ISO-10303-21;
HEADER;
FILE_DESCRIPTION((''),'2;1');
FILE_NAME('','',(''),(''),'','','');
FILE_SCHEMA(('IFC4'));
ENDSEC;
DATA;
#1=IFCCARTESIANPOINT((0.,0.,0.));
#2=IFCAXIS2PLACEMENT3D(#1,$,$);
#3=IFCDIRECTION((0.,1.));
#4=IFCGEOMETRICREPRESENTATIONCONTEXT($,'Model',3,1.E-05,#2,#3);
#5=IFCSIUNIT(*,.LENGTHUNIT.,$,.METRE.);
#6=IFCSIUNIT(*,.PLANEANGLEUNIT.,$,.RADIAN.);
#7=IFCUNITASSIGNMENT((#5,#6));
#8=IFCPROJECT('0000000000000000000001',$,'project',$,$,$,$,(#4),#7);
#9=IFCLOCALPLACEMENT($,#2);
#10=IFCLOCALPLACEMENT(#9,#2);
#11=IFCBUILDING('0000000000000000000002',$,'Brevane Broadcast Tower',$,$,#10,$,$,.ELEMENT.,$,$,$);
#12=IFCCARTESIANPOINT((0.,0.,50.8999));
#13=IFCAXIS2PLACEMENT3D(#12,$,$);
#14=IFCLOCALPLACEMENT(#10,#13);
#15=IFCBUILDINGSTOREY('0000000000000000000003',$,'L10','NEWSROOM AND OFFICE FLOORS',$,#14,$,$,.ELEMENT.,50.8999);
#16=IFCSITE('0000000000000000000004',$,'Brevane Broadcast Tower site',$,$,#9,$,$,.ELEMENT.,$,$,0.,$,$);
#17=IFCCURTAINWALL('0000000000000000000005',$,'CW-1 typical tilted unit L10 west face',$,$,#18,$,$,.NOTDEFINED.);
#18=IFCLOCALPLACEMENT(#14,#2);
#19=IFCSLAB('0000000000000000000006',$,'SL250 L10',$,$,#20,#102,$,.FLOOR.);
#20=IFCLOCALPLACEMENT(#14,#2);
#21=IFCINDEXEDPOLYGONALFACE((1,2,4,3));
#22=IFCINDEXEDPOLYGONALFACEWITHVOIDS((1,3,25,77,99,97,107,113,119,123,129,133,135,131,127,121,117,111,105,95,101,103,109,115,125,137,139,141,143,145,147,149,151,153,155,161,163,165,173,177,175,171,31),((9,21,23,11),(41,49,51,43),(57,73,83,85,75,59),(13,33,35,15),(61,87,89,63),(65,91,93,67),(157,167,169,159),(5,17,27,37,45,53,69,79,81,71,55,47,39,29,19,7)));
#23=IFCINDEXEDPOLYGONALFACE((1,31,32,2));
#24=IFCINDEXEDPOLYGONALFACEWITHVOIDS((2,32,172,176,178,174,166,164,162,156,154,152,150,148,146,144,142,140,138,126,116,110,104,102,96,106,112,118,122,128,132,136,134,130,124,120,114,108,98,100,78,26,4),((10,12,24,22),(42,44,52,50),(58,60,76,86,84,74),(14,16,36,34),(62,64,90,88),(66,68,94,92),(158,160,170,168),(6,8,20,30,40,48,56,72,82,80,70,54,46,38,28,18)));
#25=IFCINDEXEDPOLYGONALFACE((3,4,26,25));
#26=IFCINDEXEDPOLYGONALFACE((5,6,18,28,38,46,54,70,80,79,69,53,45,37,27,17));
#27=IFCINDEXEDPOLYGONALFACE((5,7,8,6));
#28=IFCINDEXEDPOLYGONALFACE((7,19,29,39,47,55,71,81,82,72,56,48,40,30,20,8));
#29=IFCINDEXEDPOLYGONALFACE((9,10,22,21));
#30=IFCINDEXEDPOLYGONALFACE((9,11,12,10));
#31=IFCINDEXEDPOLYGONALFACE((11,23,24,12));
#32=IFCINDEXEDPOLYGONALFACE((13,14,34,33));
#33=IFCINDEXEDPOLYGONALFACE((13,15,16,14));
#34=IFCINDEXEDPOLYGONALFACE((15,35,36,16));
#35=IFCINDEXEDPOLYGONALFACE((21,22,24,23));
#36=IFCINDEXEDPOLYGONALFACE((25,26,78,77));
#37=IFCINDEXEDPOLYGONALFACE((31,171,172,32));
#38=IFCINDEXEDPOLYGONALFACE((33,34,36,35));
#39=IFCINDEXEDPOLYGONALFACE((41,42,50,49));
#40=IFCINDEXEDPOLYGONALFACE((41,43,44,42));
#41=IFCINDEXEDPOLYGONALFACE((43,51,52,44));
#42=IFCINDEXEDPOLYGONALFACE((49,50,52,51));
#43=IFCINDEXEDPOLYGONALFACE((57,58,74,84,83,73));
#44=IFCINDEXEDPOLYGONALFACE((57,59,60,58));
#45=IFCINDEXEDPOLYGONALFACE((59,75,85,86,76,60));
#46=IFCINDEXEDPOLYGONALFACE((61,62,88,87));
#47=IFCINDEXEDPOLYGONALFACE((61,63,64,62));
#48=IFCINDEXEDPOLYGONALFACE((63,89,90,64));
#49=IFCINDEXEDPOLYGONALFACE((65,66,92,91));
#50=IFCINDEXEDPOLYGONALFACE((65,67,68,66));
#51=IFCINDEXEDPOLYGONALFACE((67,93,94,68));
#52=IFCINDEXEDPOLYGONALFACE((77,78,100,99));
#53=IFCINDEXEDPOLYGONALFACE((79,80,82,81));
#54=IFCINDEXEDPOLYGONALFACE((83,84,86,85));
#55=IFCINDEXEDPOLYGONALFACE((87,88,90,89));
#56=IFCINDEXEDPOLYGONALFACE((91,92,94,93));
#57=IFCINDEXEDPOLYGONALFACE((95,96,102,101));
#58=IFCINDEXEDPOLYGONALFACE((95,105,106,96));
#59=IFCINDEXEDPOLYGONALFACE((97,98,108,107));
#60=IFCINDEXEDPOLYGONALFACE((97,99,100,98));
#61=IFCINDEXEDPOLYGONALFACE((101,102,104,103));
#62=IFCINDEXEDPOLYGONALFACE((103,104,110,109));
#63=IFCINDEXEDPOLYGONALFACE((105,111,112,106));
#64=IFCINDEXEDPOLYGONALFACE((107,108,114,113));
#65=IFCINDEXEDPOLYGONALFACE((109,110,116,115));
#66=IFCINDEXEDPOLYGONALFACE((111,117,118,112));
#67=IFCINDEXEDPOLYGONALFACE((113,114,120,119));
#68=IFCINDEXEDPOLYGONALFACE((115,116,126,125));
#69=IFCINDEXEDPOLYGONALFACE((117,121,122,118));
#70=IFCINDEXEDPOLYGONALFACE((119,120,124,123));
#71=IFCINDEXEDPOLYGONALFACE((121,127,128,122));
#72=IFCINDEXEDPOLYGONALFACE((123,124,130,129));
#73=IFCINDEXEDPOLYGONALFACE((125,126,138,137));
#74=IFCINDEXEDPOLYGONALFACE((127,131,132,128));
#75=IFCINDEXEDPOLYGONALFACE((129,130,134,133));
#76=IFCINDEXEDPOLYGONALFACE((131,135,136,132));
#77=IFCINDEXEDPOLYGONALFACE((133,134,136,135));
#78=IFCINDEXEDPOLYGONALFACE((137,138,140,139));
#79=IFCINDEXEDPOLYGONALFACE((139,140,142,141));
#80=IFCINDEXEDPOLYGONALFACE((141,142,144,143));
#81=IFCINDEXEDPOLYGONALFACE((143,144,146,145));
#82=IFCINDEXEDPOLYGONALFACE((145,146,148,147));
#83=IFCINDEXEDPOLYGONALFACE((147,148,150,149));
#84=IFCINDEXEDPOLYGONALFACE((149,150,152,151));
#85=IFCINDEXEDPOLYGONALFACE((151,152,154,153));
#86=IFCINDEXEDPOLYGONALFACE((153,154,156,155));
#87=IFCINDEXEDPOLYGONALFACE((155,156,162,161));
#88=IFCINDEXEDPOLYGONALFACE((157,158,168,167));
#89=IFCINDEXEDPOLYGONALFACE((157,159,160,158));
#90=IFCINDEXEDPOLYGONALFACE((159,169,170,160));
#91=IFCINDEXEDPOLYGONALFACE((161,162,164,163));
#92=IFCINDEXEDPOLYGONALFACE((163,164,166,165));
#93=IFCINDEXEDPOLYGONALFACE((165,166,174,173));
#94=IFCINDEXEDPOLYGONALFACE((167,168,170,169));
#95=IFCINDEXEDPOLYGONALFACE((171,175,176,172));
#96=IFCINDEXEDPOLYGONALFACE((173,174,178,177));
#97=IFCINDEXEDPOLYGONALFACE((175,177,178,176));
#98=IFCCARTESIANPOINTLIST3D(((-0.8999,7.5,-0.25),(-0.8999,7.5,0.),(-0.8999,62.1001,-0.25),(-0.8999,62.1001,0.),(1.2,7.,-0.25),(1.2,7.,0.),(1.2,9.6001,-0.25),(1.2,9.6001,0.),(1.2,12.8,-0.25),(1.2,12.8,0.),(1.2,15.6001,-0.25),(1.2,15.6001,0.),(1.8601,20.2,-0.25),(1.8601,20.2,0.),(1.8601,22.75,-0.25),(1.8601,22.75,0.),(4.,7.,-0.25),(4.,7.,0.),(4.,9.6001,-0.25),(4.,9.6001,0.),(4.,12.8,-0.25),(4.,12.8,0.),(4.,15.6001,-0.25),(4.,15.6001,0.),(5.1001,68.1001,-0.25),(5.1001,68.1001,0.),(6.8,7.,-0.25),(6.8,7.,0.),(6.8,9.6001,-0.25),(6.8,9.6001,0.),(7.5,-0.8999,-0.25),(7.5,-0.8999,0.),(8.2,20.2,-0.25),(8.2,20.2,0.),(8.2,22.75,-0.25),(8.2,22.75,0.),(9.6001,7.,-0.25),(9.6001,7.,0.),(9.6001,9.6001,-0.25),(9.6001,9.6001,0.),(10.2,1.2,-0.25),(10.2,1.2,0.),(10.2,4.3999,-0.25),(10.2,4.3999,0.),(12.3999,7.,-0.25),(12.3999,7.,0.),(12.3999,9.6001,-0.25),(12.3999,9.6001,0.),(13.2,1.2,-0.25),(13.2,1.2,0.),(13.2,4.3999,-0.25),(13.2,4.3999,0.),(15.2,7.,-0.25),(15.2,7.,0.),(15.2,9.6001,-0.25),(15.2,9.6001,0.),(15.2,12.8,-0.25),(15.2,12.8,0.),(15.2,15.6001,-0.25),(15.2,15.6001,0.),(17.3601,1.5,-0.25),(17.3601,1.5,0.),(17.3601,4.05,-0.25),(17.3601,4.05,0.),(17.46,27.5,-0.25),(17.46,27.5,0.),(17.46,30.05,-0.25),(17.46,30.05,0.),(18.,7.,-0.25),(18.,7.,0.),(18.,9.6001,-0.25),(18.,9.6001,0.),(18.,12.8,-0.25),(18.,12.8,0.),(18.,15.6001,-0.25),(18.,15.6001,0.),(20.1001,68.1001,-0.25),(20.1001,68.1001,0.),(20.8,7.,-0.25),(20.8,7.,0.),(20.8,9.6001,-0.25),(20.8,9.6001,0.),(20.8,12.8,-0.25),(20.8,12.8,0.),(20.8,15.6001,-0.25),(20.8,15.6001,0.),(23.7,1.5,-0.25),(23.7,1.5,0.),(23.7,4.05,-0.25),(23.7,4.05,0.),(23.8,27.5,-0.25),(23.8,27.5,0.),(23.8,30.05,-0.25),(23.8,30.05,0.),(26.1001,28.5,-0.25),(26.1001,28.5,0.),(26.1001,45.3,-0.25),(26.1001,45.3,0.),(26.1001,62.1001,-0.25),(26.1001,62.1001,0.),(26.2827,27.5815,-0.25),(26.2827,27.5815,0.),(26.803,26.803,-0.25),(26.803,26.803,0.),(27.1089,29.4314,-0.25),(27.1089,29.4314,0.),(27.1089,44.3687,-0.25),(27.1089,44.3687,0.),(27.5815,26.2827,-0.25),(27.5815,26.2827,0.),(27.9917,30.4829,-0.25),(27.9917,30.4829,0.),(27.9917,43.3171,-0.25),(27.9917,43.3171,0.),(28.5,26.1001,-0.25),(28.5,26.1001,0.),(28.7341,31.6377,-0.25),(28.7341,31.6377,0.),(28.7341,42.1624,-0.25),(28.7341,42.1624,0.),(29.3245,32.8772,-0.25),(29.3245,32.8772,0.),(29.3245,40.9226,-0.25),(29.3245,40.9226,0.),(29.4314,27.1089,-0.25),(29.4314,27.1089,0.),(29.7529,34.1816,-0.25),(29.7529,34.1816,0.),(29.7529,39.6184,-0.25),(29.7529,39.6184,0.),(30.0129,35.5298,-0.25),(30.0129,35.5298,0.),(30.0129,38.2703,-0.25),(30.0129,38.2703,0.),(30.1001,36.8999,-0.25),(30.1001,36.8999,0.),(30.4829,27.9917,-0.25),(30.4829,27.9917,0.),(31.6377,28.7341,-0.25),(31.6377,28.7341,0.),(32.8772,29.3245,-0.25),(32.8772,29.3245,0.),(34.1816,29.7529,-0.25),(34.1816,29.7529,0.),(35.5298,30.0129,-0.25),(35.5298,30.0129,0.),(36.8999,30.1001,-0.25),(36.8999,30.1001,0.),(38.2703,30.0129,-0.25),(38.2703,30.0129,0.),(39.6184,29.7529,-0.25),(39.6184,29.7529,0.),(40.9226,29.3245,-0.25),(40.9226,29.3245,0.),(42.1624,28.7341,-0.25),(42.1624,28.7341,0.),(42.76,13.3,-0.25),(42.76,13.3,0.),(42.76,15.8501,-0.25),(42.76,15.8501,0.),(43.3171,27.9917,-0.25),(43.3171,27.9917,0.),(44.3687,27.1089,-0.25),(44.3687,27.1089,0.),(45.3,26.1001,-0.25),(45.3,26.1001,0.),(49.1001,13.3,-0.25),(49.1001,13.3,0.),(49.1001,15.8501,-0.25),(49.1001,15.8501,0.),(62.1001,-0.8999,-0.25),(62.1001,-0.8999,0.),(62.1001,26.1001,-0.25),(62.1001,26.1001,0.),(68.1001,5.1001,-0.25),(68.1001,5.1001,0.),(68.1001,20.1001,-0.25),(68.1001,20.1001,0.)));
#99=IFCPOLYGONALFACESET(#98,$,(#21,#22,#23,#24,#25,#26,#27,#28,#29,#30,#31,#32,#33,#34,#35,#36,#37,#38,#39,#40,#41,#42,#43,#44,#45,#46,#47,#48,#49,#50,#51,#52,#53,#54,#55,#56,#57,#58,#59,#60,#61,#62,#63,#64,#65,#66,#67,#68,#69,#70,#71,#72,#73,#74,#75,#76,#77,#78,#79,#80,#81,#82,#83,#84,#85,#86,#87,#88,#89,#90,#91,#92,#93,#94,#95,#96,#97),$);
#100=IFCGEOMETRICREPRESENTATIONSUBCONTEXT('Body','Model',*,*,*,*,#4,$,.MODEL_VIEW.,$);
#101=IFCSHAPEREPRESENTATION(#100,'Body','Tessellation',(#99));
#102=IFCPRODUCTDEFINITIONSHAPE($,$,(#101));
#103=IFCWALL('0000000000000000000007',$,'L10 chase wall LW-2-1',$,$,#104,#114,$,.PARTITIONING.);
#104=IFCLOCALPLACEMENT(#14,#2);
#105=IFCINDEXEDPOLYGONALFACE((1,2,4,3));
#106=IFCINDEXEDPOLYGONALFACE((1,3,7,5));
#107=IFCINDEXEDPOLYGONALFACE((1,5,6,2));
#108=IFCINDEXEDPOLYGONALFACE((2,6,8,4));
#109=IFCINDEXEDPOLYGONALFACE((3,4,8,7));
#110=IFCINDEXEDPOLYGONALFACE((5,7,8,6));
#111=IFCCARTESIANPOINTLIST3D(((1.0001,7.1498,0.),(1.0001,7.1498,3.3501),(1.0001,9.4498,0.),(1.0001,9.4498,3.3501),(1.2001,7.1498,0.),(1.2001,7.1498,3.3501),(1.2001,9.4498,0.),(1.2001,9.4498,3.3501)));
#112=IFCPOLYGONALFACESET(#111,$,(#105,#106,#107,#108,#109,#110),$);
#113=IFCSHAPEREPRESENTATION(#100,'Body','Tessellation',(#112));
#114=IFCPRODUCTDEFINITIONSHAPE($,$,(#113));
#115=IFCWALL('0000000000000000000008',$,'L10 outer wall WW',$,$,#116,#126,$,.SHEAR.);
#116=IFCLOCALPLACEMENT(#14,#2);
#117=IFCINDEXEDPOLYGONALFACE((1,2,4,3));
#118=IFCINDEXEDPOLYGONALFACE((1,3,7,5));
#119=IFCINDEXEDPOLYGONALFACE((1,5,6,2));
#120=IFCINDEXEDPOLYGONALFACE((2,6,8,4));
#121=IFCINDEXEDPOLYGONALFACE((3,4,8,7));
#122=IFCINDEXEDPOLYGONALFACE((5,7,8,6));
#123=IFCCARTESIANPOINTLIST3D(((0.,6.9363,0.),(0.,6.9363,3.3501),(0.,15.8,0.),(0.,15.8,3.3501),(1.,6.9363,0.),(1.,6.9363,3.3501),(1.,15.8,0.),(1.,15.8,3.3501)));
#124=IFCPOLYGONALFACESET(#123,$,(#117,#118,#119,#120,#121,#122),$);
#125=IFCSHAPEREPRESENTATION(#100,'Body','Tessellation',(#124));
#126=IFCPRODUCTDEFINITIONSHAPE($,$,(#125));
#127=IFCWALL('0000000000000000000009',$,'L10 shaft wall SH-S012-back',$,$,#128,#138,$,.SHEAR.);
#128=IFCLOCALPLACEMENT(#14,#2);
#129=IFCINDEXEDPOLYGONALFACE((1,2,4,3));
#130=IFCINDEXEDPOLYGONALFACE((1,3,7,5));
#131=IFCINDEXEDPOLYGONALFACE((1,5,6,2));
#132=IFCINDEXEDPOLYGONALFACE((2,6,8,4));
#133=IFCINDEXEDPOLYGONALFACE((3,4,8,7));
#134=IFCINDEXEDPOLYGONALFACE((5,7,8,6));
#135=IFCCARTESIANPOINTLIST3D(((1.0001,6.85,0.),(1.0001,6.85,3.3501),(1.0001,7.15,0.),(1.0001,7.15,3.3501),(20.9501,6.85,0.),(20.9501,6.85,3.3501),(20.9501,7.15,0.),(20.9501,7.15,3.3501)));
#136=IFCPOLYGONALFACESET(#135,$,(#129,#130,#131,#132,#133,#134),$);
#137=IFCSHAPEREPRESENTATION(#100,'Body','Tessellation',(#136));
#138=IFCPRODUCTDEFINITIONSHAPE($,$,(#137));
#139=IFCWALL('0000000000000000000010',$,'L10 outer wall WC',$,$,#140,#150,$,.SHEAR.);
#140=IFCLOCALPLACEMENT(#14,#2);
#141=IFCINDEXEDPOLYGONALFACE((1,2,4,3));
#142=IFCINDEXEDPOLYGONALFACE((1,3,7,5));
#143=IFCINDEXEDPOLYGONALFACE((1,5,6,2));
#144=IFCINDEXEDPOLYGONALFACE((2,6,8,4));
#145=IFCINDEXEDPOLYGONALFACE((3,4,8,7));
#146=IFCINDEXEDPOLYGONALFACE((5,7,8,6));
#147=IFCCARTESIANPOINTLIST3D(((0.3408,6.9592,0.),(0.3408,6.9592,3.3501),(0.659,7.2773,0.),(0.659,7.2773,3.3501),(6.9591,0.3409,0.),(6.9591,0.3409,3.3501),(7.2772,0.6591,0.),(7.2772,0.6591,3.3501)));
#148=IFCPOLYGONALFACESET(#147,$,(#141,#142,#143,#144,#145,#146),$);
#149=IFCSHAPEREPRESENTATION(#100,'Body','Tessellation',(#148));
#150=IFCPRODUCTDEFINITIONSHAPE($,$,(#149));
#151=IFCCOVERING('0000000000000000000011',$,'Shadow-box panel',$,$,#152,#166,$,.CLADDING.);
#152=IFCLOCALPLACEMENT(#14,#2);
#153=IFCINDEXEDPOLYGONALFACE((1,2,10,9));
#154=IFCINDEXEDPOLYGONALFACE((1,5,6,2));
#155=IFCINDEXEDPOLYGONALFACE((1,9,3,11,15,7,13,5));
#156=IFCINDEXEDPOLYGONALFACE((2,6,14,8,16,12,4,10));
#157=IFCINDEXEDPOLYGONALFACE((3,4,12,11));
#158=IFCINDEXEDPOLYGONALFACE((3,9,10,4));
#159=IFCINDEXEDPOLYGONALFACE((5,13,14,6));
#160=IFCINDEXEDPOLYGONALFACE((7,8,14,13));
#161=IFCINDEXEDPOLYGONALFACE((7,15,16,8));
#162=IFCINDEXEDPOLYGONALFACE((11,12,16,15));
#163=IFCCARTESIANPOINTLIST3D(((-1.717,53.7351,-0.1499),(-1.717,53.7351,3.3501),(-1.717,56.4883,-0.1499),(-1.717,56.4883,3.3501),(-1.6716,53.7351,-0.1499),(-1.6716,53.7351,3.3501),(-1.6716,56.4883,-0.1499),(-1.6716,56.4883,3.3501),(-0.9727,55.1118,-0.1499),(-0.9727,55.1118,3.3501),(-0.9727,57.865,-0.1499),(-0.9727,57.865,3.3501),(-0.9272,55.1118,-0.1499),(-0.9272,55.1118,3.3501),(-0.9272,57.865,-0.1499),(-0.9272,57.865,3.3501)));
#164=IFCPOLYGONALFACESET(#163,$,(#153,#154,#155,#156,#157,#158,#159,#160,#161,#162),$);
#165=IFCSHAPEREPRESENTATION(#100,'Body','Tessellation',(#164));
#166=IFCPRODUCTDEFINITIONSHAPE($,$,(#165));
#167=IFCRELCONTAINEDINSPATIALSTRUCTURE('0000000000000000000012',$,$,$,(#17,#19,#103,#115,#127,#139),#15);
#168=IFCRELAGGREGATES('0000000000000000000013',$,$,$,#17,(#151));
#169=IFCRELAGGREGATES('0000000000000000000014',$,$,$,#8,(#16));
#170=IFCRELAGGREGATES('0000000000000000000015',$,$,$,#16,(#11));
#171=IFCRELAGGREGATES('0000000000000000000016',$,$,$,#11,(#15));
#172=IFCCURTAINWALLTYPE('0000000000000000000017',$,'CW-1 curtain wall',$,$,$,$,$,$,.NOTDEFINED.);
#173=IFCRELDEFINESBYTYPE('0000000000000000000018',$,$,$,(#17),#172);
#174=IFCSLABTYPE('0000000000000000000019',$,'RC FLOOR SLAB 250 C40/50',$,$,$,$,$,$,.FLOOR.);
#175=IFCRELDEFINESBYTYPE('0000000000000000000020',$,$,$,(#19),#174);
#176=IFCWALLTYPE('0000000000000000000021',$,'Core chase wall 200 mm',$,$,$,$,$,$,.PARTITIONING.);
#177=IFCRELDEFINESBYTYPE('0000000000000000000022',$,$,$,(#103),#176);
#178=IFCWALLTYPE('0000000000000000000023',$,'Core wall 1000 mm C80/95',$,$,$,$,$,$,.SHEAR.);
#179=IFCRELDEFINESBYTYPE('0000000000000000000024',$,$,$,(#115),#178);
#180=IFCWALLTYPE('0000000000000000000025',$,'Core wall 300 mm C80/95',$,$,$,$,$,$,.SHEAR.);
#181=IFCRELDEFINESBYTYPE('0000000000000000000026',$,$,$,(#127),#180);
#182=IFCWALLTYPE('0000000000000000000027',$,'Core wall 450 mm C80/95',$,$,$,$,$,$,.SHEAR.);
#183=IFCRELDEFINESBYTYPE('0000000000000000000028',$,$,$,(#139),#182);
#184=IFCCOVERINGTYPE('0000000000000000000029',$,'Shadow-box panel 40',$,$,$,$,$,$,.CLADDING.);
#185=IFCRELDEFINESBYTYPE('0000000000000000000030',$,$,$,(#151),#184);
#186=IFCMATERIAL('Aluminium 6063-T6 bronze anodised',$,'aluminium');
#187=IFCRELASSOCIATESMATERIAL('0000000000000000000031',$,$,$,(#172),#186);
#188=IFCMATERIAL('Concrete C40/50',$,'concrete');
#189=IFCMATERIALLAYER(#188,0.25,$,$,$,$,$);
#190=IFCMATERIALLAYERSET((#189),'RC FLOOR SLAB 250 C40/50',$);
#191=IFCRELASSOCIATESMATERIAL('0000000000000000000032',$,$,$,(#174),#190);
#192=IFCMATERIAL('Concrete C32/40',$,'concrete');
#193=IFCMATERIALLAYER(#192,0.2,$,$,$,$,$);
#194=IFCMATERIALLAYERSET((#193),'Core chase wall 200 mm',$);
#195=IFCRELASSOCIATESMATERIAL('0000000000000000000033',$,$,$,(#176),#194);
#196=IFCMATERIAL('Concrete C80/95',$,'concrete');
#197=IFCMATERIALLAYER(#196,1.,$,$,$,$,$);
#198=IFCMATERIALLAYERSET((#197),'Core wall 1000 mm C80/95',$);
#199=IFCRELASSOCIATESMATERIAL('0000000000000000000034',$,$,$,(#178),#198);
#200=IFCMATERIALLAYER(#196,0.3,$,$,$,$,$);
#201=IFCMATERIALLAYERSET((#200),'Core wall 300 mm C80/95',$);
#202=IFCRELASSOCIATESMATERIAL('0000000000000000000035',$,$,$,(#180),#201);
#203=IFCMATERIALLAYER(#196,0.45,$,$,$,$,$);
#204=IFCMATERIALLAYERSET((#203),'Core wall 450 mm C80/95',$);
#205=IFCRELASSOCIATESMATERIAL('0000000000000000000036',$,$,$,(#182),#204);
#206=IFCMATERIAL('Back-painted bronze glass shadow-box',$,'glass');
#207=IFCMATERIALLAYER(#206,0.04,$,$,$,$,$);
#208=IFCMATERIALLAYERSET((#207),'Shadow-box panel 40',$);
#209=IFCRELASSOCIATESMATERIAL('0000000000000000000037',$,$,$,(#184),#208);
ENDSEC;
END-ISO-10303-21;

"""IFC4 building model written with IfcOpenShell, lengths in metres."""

from ifc_helpers import new_model, si_unit, direction, frame, frame_2d, origin, place, context, subcontext, project, spatial, polyline, rectangle, outline, extrude, material, layer, layer_set, type_object, element, aggregate, save


model = new_model("IFC4")

# Units and contexts
model_context = context("Model", 3, precision=1e-05, world=origin(), true_north=direction((0.0, 1.0)))
body_context = subcontext(model_context, "Body", "Model", "MODEL_VIEW")
ifc_project = project(units=[si_unit("LENGTHUNIT", "METRE"), si_unit("PLANEANGLEUNIT", "RADIAN")], contexts=[model_context])

# Site, building, storey
site_placement = place(None, origin())
site = spatial("IfcSite", under=ifc_project, at=site_placement, Name="Brevane Broadcast Tower site", CompositionType="ELEMENT", RefElevation=0.0)
building_placement = place(site_placement, origin())
building = spatial("IfcBuilding", under=site, at=building_placement, Name="Brevane Broadcast Tower", CompositionType="ELEMENT")
storey_placement = place(building_placement, frame((0.0, 0.0, 50.8999)))
storey = spatial("IfcBuildingStorey", under=building, at=storey_placement, Name="L10", Description="NEWSROOM AND OFFICE FLOORS", CompositionType="ELEMENT", Elevation=50.8999)

# Curtain wall
ifc_material_1 = material(Name="Aluminium 6063-T6 bronze anodised", Category="aluminium")
curtain_wall_type = type_object("IfcCurtainWallType", Name="CW-1 curtain wall", PredefinedType="NOTDEFINED", material=ifc_material_1)
curtain_wall_1_placement = place(storey_placement, origin())
curtain_wall_1 = element("IfcCurtainWall", 1, at=curtain_wall_1_placement, inside=storey, type_object=curtain_wall_type, Name="CW-1 typical tilted unit L10 west face", PredefinedType="NOTDEFINED")

# Slab
ifc_material_2 = material(Name="Concrete C40/50", Category="concrete")
ifc_layer_1 = layer(ifc_material_2, 0.25)
ifc_layer_set_1 = layer_set([ifc_layer_1], Name="RC FLOOR SLAB 250 C40/50")
slab_type_1 = type_object("IfcSlabType", Name="RC FLOOR SLAB 250 C40/50", PredefinedType="FLOOR", material=ifc_layer_set_1)
slab_1_placement = place(storey_placement, frame((0.0, 0.0, -0.25)))
element("IfcSlab", 2, at=slab_1_placement, inside=storey, type_object=slab_type_1, Name="SL250 L10", PredefinedType="FLOOR", context=body_context, shape_type="SweptSolid", body=[
    extrude(outline(polyline([(-0.8999, 7.5), (-0.8999, 62.1001), (5.1001, 68.1001), (20.1001, 68.1001), (26.1001, 62.1001), (26.1001, 45.3), (27.1089, 44.3687), (27.9917, 43.3171), (28.7341, 42.1624), (29.3245, 40.9226), (29.7529, 39.6184), (30.0129, 38.2703), (30.1001, 36.8999), (30.0129, 35.5298), (29.7529, 34.1816), (29.3245, 32.8772), (28.7341, 31.6377), (27.9917, 30.4829), (27.1089, 29.4314), (26.1001, 28.5), (26.2827, 27.5815), (26.803, 26.803), (27.5815, 26.2827), (28.5, 26.1001), (29.4314, 27.1089), (30.4829, 27.9917), (31.6377, 28.7341), (32.8772, 29.3245), (34.1816, 29.7529), (35.5298, 30.0129), (36.8999, 30.1001), (38.2703, 30.0129), (39.6184, 29.7529), (40.9226, 29.3245), (42.1624, 28.7341), (43.3171, 27.9917), (44.3687, 27.1089), (45.3, 26.1001), (62.1001, 26.1001), (68.1001, 20.1001), (68.1001, 5.1001), (62.1001, -0.8999), (7.5, -0.8999), (-0.8999, 7.5)]), holes=[polyline([(13.2, 4.3999), (10.2, 4.3999), (10.2, 1.2), (13.2, 1.2), (13.2, 4.3999)]), polyline([(4.0, 9.6001), (1.2, 9.6001), (1.2, 7.0), (4.0, 7.0), (6.8, 7.0), (9.6001, 7.0), (12.3999, 7.0), (15.2, 7.0), (18.0, 7.0), (20.8, 7.0), (20.8, 9.6001), (18.0, 9.6001), (15.2, 9.6001), (12.3999, 9.6001), (9.6001, 9.6001), (6.8, 9.6001), (4.0, 9.6001)]), polyline([(4.0, 12.8), (4.0, 15.6001), (1.2, 15.6001), (1.2, 12.8), (4.0, 12.8)]), polyline([(8.2, 22.75), (1.8601, 22.75), (1.8601, 20.2), (8.2, 20.2), (8.2, 22.75)]), polyline([(23.7, 4.05), (17.3601, 4.05), (17.3601, 1.5), (23.7, 1.5), (23.7, 4.05)]), polyline([(18.0, 15.6001), (15.2, 15.6001), (15.2, 12.8), (18.0, 12.8), (20.8, 12.8), (20.8, 15.6001), (18.0, 15.6001)]), polyline([(49.1001, 15.8501), (42.76, 15.8501), (42.76, 13.3), (49.1001, 13.3), (49.1001, 15.8501)]), polyline([(23.8, 30.05), (17.46, 30.05), (17.46, 27.5), (23.8, 27.5), (23.8, 30.05)])]), origin(), (0.0, 0.0, 1.0), 0.25),
])

# Walls
ifc_material_3 = material(Name="Concrete C32/40", Category="concrete")
ifc_layer_2 = layer(ifc_material_3, 0.2)
ifc_layer_set_2 = layer_set([ifc_layer_2], Name="Core chase wall 200 mm")
wall_type_1 = type_object("IfcWallType", Name="Core chase wall 200 mm", PredefinedType="PARTITIONING", material=ifc_layer_set_2)
wall_1_placement = place(storey_placement, frame((1.1001, 7.1499, 0.0), z_axis=(0.0, 0.0, 1.0), x_axis=(0.0, 1.0, 0.0)))
element("IfcWall", 3, at=wall_1_placement, inside=storey, type_object=wall_type_1, Name="L10 chase wall LW-2-1", PredefinedType="PARTITIONING", context=body_context, shape_type="SweptSolid", body=[
    extrude(rectangle(XDim=2.3, YDim=0.2, at=frame_2d((1.1499, 0.0))), origin(), (0.0, 0.0, 1.0), 3.3501),
])
ifc_material_4 = material(Name="Concrete C80/95", Category="concrete")
ifc_layer_3 = layer(ifc_material_4, 1.0)
ifc_layer_set_3 = layer_set([ifc_layer_3], Name="Core wall 1000 mm C80/95")
wall_type_2 = type_object("IfcWallType", Name="Core wall 1000 mm C80/95", PredefinedType="SHEAR", material=ifc_layer_set_3)
wall_2_placement = place(storey_placement, frame((0.5, 6.9363, 0.0), z_axis=(0.0, 0.0, 1.0), x_axis=(0.0, 1.0, 0.0)))
element("IfcWall", 4, at=wall_2_placement, inside=storey, type_object=wall_type_2, Name="L10 outer wall WW", PredefinedType="SHEAR", context=body_context, shape_type="SweptSolid", body=[
    extrude(rectangle(XDim=8.8638, YDim=1.0, at=frame_2d((4.4319, 0.0))), origin(), (0.0, 0.0, 1.0), 3.3501),
])
ifc_layer_4 = layer(ifc_material_4, 0.3)
ifc_layer_set_4 = layer_set([ifc_layer_4], Name="Core wall 300 mm C80/95")
wall_type_3 = type_object("IfcWallType", Name="Core wall 300 mm C80/95", PredefinedType="SHEAR", material=ifc_layer_set_4)
wall_3_placement = place(storey_placement, frame((1.0, 7.0, 0.0), z_axis=(0.0, 0.0, 1.0), x_axis=(1.0, 0.0, 0.0)))
element("IfcWall", 5, at=wall_3_placement, inside=storey, type_object=wall_type_3, Name="L10 shaft wall SH-S012-back", PredefinedType="SHEAR", context=body_context, shape_type="SweptSolid", body=[
    extrude(rectangle(XDim=19.95, YDim=0.3, at=frame_2d((9.9751, 0.0))), origin(), (0.0, 0.0, 1.0), 3.3501),
])
ifc_layer_5 = layer(ifc_material_4, 0.45)
ifc_layer_set_5 = layer_set([ifc_layer_5], Name="Core wall 450 mm C80/95")
wall_type_4 = type_object("IfcWallType", Name="Core wall 450 mm C80/95", PredefinedType="SHEAR", material=ifc_layer_set_5)
wall_4_placement = place(storey_placement, frame((0.5, 7.1182, 0.0), z_axis=(0.0, 0.0, 1.0), x_axis=(0.707107, -0.707107, 0.0)))
element("IfcWall", 6, at=wall_4_placement, inside=storey, type_object=wall_type_4, Name="L10 outer wall WC", PredefinedType="SHEAR", context=body_context, shape_type="SweptSolid", body=[
    extrude(rectangle(XDim=9.3596, YDim=0.45, at=frame_2d((4.6797, 0.0))), origin(), (0.0, 0.0, 1.0), 3.3501),
])

# Covering
ifc_material_5 = material(Name="Back-painted bronze glass shadow-box", Category="glass")
ifc_layer_6 = layer(ifc_material_5, 0.04)
ifc_layer_set_6 = layer_set([ifc_layer_6], Name="Shadow-box panel 40")
covering_type = type_object("IfcCoveringType", Name="Shadow-box panel 40", PredefinedType="CLADDING", material=ifc_layer_set_6)
covering_1_placement = place(storey_placement, frame((0.0, 0.0, -0.1499)))
covering_1 = element("IfcCovering", 7, at=covering_1_placement, type_object=covering_type, Name="Shadow-box panel", PredefinedType="CLADDING", context=body_context, shape_type="SweptSolid", body=[
    extrude(outline(polyline([(-0.9272, 57.865), (-0.9727, 57.865), (-1.717, 56.4883), (-0.9727, 55.1118), (-1.717, 53.7351), (-1.6716, 53.7351), (-0.9272, 55.1118), (-1.6716, 56.4883), (-0.9272, 57.865)])), origin(), (0.0, 0.0, 1.0), 3.5),
])
aggregate(curtain_wall_1, [covering_1])

save(model, "model.ifc")
